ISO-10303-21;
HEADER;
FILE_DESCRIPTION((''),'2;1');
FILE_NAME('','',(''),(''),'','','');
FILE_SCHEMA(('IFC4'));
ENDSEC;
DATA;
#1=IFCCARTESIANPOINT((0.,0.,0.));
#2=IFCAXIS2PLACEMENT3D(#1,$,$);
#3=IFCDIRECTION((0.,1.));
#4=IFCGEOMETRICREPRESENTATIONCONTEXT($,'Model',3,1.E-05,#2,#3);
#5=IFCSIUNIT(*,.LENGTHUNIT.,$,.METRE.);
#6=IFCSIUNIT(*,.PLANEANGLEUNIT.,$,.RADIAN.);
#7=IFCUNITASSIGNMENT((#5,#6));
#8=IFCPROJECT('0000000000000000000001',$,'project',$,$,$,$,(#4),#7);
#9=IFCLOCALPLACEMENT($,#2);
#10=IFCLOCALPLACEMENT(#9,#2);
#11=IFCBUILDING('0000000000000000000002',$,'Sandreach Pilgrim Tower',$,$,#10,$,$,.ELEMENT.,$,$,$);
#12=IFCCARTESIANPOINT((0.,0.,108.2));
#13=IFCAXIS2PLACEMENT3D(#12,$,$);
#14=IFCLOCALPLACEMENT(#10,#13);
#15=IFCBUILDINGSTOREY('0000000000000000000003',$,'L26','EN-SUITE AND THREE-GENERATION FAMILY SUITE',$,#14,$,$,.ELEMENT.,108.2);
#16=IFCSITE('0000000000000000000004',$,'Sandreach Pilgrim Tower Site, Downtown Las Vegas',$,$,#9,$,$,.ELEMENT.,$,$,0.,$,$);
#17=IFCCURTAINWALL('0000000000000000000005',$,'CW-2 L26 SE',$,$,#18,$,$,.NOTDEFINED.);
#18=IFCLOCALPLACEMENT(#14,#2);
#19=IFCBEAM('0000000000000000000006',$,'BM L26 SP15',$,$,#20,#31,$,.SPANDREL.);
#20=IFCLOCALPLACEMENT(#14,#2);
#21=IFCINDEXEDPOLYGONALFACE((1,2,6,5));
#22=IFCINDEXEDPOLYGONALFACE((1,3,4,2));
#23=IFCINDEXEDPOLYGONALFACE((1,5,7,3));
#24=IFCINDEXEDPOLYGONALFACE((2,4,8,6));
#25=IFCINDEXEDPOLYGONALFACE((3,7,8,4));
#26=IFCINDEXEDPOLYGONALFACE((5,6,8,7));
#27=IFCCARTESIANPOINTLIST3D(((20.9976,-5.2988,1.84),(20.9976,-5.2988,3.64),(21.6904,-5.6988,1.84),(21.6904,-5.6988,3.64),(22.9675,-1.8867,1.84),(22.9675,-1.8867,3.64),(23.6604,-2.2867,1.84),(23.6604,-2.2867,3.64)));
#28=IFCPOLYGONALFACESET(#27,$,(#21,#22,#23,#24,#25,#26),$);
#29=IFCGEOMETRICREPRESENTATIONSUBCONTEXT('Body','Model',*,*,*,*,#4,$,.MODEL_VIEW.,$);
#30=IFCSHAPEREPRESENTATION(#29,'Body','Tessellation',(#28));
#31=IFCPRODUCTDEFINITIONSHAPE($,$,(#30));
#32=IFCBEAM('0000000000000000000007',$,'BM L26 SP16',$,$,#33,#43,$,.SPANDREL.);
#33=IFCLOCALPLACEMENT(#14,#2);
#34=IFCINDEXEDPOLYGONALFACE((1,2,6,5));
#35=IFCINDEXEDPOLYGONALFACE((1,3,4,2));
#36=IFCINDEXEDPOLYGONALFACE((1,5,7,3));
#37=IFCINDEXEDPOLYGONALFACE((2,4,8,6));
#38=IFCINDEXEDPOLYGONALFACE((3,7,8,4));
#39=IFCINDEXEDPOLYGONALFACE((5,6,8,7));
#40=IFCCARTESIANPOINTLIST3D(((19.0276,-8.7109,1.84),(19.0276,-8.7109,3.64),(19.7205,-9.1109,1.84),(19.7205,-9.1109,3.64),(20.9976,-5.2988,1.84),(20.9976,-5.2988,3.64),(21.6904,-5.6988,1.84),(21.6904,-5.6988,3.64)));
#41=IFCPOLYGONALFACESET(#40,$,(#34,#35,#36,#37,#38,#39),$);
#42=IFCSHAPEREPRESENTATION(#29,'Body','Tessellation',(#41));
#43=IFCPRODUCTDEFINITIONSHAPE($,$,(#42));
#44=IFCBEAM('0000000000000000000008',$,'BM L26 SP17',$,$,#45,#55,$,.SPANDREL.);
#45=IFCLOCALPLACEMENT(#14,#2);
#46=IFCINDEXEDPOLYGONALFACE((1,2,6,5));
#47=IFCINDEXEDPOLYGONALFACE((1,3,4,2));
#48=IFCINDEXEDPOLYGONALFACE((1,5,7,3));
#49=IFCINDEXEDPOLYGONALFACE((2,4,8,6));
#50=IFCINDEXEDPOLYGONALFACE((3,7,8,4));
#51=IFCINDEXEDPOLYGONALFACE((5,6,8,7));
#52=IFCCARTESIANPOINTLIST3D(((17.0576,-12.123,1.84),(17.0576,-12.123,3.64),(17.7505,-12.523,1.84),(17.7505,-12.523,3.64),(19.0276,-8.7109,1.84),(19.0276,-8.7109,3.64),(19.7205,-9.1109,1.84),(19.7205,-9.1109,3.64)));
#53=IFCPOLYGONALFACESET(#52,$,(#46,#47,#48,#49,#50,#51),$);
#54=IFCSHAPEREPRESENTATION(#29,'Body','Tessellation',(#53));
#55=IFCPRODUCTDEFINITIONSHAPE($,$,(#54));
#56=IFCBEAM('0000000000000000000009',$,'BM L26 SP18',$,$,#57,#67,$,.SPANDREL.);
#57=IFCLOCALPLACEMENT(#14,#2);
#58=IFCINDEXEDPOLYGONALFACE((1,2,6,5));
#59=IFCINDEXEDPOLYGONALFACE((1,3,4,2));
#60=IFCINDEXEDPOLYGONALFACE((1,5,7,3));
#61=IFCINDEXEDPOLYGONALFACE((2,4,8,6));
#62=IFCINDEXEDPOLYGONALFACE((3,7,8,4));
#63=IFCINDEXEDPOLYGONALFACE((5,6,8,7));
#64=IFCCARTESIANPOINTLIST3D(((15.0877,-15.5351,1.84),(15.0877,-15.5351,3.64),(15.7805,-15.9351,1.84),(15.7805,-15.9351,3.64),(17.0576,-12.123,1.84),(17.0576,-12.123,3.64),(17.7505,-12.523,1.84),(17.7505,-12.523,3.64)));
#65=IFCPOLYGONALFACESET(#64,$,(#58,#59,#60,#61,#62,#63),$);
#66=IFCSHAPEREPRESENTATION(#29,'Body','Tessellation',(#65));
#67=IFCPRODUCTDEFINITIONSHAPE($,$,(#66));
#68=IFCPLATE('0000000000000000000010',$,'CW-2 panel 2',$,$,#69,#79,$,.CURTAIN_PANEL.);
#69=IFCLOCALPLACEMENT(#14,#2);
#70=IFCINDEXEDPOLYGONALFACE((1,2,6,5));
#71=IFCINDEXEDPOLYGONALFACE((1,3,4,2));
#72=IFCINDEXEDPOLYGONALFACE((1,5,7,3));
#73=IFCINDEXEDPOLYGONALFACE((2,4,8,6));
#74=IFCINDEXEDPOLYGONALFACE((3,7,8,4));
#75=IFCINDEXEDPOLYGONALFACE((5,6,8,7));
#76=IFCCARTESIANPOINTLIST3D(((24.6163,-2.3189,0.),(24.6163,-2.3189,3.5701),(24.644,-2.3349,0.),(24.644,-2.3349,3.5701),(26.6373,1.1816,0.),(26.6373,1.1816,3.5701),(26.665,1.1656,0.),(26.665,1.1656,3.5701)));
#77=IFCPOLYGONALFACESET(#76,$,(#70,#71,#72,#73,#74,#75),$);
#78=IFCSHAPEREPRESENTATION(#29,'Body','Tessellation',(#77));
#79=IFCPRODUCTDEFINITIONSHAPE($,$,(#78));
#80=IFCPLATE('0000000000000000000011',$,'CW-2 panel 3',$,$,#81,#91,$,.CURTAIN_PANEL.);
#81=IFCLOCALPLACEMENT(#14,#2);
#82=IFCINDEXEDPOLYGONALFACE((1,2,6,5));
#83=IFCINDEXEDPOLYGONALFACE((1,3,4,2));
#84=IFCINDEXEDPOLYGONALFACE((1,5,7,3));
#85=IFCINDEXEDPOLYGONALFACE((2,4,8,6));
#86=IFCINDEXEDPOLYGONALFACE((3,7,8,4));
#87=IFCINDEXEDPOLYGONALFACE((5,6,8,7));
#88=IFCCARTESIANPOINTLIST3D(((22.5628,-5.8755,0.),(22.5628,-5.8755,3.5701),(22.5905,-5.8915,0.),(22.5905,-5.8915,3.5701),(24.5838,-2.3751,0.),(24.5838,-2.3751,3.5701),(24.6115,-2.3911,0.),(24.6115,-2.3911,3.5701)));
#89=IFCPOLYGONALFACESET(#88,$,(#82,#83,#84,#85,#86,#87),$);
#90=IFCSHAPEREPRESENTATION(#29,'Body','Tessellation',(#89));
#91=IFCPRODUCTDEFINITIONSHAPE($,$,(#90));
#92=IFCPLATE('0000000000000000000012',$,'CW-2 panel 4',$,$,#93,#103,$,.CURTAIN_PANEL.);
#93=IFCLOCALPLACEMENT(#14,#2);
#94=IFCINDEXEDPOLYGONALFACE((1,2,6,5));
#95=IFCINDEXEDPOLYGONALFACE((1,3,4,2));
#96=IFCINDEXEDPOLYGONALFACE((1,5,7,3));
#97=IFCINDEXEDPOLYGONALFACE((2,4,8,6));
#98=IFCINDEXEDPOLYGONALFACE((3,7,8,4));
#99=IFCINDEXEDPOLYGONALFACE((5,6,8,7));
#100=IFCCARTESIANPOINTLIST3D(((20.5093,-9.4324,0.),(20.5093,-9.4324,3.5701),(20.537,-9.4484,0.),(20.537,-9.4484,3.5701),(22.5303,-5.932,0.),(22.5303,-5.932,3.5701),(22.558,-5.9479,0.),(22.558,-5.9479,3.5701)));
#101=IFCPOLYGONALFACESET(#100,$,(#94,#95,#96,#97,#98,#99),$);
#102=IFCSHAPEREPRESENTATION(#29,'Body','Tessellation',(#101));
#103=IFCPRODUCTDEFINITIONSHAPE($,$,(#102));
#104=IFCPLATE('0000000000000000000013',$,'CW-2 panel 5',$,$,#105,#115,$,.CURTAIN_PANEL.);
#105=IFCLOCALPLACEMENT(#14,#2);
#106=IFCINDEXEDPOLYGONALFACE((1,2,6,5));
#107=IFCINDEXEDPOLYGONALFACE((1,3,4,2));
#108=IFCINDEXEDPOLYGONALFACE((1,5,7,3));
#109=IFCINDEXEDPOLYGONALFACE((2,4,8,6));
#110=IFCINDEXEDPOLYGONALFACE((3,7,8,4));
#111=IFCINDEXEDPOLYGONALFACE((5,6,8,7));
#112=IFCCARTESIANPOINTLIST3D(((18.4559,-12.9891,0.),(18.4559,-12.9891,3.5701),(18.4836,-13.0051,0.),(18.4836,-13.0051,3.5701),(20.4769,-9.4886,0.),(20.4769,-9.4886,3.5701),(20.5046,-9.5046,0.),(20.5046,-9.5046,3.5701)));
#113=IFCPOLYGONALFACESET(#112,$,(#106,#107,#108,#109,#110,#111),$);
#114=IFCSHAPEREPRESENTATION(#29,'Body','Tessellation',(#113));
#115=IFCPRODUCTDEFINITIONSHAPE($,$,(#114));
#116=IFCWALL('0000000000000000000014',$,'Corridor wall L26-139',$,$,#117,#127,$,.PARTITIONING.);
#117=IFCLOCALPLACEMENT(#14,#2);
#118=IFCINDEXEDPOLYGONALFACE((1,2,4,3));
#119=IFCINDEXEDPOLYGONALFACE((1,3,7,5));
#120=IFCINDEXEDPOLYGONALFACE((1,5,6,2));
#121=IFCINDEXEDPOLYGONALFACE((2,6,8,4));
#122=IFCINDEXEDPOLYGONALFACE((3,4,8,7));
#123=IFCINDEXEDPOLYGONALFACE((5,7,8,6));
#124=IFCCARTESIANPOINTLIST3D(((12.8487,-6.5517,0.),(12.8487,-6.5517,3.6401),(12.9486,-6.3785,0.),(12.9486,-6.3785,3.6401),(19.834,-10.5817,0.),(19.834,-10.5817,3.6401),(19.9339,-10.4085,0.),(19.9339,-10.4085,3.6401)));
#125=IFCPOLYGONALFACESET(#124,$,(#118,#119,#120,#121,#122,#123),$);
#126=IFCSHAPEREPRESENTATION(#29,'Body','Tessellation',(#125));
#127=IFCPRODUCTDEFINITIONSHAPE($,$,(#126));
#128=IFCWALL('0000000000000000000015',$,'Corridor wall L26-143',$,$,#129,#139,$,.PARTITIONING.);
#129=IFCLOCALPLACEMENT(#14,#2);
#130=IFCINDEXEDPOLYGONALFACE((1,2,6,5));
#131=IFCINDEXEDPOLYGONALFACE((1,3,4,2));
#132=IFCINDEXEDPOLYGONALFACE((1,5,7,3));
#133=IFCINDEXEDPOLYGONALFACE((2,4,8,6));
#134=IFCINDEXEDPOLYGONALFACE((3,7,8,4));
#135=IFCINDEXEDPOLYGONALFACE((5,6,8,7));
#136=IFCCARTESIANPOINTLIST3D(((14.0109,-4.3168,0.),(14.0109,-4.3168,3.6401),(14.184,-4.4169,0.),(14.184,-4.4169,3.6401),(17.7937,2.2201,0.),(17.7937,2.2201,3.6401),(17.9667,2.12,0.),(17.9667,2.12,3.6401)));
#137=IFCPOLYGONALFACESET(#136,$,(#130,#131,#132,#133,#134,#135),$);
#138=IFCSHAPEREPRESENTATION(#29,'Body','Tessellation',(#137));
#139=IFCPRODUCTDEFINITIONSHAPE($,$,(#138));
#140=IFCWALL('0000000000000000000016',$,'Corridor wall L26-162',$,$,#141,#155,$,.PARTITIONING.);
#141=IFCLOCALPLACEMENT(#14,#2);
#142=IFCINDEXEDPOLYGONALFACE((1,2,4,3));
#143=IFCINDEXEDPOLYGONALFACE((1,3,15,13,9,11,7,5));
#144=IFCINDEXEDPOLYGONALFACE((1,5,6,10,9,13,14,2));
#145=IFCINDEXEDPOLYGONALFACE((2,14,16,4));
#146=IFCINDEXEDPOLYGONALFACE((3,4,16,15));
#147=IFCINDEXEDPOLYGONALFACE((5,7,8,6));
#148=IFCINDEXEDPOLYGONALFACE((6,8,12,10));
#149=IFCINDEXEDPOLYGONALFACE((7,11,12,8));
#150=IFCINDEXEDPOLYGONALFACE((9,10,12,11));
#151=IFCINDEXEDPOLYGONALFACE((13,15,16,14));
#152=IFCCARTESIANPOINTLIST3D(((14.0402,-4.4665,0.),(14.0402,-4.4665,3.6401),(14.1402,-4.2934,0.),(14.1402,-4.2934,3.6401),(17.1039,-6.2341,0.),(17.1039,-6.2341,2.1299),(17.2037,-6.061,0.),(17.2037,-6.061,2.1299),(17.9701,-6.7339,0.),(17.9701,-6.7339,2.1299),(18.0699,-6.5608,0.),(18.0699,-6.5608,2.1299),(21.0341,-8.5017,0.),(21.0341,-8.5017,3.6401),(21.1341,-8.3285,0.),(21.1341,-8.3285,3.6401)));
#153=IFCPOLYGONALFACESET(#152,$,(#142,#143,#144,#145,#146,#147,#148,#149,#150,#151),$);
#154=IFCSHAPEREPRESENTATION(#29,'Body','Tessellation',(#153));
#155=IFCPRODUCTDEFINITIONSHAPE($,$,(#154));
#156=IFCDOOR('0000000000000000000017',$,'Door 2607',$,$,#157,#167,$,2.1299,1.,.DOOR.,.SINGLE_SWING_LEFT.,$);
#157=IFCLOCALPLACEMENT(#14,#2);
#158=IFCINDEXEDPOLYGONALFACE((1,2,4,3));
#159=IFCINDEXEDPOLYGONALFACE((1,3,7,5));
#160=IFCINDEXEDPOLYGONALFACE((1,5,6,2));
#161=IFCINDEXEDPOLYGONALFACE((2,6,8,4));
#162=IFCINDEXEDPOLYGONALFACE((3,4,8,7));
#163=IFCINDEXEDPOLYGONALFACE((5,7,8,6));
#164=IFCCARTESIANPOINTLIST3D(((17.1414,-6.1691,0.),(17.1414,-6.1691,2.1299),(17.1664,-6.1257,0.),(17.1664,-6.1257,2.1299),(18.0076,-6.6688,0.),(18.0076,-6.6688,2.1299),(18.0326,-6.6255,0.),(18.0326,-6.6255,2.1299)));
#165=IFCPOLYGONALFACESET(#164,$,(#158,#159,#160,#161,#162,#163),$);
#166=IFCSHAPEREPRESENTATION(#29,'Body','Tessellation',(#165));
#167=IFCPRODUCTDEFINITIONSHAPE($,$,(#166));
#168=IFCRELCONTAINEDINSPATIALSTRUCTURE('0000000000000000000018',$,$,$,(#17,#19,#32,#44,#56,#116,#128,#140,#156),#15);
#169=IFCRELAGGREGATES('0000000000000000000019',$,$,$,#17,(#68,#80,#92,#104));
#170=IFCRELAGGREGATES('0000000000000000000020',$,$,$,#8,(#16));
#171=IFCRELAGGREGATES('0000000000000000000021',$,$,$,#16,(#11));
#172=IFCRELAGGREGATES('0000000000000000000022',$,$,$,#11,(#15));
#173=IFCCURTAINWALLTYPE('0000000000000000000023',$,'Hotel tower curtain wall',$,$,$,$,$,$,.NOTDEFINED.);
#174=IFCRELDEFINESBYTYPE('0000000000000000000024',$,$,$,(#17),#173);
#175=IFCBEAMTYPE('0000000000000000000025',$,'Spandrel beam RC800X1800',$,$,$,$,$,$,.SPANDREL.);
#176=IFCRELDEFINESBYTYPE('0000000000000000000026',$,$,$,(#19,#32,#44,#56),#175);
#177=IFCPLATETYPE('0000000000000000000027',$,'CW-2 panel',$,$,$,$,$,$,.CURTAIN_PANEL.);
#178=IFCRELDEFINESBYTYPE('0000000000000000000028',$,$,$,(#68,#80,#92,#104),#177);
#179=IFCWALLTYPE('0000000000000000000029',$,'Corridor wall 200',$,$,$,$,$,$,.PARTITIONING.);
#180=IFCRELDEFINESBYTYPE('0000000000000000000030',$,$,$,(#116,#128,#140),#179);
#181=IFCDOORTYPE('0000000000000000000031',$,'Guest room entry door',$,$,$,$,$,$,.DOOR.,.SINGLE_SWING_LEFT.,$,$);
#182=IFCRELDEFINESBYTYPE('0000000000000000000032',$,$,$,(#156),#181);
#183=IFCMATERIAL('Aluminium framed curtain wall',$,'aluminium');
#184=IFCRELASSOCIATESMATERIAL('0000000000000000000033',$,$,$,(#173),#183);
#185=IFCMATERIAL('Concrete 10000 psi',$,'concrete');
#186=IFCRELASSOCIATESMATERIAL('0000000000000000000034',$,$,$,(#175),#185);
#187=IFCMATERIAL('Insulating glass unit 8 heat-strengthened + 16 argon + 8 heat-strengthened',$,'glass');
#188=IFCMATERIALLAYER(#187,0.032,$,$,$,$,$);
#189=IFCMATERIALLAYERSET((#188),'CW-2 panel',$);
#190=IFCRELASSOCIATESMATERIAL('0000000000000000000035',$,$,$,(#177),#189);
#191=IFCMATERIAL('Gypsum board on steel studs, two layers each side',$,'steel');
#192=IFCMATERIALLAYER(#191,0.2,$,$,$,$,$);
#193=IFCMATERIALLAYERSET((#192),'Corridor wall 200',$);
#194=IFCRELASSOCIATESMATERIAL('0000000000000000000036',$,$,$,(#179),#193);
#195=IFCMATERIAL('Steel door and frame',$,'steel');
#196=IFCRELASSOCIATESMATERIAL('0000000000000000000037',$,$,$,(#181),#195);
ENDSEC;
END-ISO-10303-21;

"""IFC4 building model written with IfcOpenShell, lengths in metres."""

from ifc_helpers import new_model, si_unit, direction, frame, frame_2d, origin, origin_2d, place, context, subcontext, project, spatial, rectangle, extrude, material, layer, layer_set, material_profile, profile_set, type_object, element, fill, aggregate, save


model = new_model("IFC4")

# Units and contexts
model_context = context("Model", 3, precision=1e-05, world=origin(), true_north=direction((0.0, 1.0)))
body_context = subcontext(model_context, "Body", "Model", "MODEL_VIEW")
ifc_project = project(units=[si_unit("LENGTHUNIT", "METRE"), si_unit("PLANEANGLEUNIT", "RADIAN")], contexts=[model_context])

# Site, building, storey
site_placement = place(None, origin())
site = spatial("IfcSite", under=ifc_project, at=site_placement, Name="Sandreach Pilgrim Tower Site, Downtown Las Vegas", CompositionType="ELEMENT", RefElevation=0.0)
building_placement = place(site_placement, origin())
building = spatial("IfcBuilding", under=site, at=building_placement, Name="Sandreach Pilgrim Tower", CompositionType="ELEMENT")
storey_placement = place(building_placement, frame((0.0, 0.0, 108.2)))
storey = spatial("IfcBuildingStorey", under=building, at=storey_placement, Name="L26", Description="EN-SUITE AND THREE-GENERATION FAMILY SUITE", CompositionType="ELEMENT", Elevation=108.2)

# Curtain wall
ifc_material_1 = material(Name="Aluminium framed curtain wall", Category="aluminium")
curtain_wall_type = type_object("IfcCurtainWallType", Name="Hotel tower curtain wall", PredefinedType="NOTDEFINED", material=ifc_material_1)
curtain_wall_placement = place(storey_placement, origin())
curtain_wall = element("IfcCurtainWall", 1, at=curtain_wall_placement, inside=storey, type_object=curtain_wall_type, Name="CW-2 L26 SE", PredefinedType="NOTDEFINED")

# Beams
ifc_material_2 = material(Name="Concrete 10000 psi", Category="concrete")
ifc_material_profile_1 = material_profile(ifc_material_2, rectangle(XDim=0.8, YDim=1.8, at=origin_2d()), Name="RC800X1800")
ifc_profile_set_1 = profile_set([ifc_material_profile_1], Name="Concrete 10000 psi")
beam_type_1 = type_object("IfcBeamType", Name="Spandrel beam RC800X1800", PredefinedType="SPANDREL", material=ifc_profile_set_1)
for number, where, z_axis, x_axis, name in (
    (2, (23.314, -2.0867, 2.74), (-0.499998, -0.866027, 0.0), (0.866027, -0.499998, 0.0), "BM L26 SP15"),
    (3, (21.344, -5.4988, 2.74), (-0.499998, -0.866027, 0.0), (0.866027, -0.499998, 0.0), "BM L26 SP16"),
    (4, (19.374, -8.9109, 2.74), (-0.499998, -0.866027, 0.0), (0.866027, -0.499998, 0.0), "BM L26 SP17"),
    (5, (17.4041, -12.323, 2.74), (-0.499998, -0.866027, 0.0), (0.866027, -0.499998, 0.0), "BM L26 SP18"),
):
    element("IfcBeam", number, at=place(storey_placement, frame(where, z_axis=z_axis, x_axis=x_axis)), inside=storey, type_object=beam_type_1, Name=name, PredefinedType="SPANDREL", context=body_context, shape_type="SweptSolid", body=[
        extrude(rectangle(XDim=0.8, YDim=1.8, at=origin_2d()), origin(), (0.0, 0.0, 1.0), 3.9399),
    ])

# Plates
ifc_material_3 = material(Name="Insulating glass unit 8 heat-strengthened + 16 argon + 8 heat-strengthened", Category="glass")
ifc_layer_1 = layer(ifc_material_3, 0.032)
ifc_layer_set_1 = layer_set([ifc_layer_1], Name="CW-2 panel")
plate_type = type_object("IfcPlateType", Name="CW-2 panel", PredefinedType="CURTAIN_PANEL", material=ifc_layer_set_1)
plate_1_placement = place(storey_placement, frame((25.6406, -0.5767, 0.0), z_axis=(0.0, 0.0, 1.0), x_axis=(-0.5, -0.866025, 0.0)))
plate_1 = element("IfcPlate", 6, at=plate_1_placement, type_object=plate_type, Name="CW-2 panel 2", PredefinedType="CURTAIN_PANEL", context=body_context, shape_type="SweptSolid", body=[
    extrude(rectangle(XDim=4.042, YDim=0.032, at=origin_2d()), origin(), (0.0, 0.0, 1.0), 3.5701),
])
plate_2_placement = place(storey_placement, frame((23.5872, -4.1333, 0.0), z_axis=(0.0, 0.0, 1.0), x_axis=(-0.5, -0.866025, 0.0)))
plate_2 = element("IfcPlate", 7, at=plate_2_placement, type_object=plate_type, Name="CW-2 panel 3", PredefinedType="CURTAIN_PANEL", context=body_context, shape_type="SweptSolid", body=[
    extrude(rectangle(XDim=4.042, YDim=0.032, at=origin_2d()), origin(), (0.0, 0.0, 1.0), 3.5701),
])
plate_3_placement = place(storey_placement, frame((21.5337, -7.6902, 0.0), z_axis=(0.0, 0.0, 1.0), x_axis=(-0.5, -0.866025, 0.0)))
plate_3 = element("IfcPlate", 8, at=plate_3_placement, type_object=plate_type, Name="CW-2 panel 4", PredefinedType="CURTAIN_PANEL", context=body_context, shape_type="SweptSolid", body=[
    extrude(rectangle(XDim=4.042, YDim=0.032, at=origin_2d()), origin(), (0.0, 0.0, 1.0), 3.5701),
])
plate_4_placement = place(storey_placement, frame((19.4802, -11.2468, 0.0), z_axis=(0.0, 0.0, 1.0), x_axis=(-0.5, -0.866025, 0.0)))
plate_4 = element("IfcPlate", 9, at=plate_4_placement, type_object=plate_type, Name="CW-2 panel 5", PredefinedType="CURTAIN_PANEL", context=body_context, shape_type="SweptSolid", body=[
    extrude(rectangle(XDim=4.042, YDim=0.032, at=origin_2d()), origin(), (0.0, 0.0, 1.0), 3.5701),
])
aggregate(curtain_wall, [plate_1, plate_2, plate_3, plate_4])

# Walls
ifc_material_4 = material(Name="Gypsum board on steel studs, two layers each side", Category="steel")
ifc_layer_2 = layer(ifc_material_4, 0.2)
ifc_layer_set_2 = layer_set([ifc_layer_2], Name="Corridor wall 200")
wall_type = type_object("IfcWallType", Name="Corridor wall 200", PredefinedType="PARTITIONING", material=ifc_layer_set_2)
wall_1_placement = place(storey_placement, frame((12.8987, -6.4651, 0.0), z_axis=(0.0, 0.0, 1.0), x_axis=(0.866185, -0.499724, 0.0)))
element("IfcWall", 10, at=wall_1_placement, inside=storey, type_object=wall_type, Name="Corridor wall L26-139", PredefinedType="PARTITIONING", context=body_context, shape_type="SweptSolid", body=[
    extrude(rectangle(XDim=8.0645, YDim=0.2, at=frame_2d((4.0322, 0.0))), origin(), (0.0, 0.0, 1.0), 3.6401),
])
wall_2_placement = place(storey_placement, frame((14.0974, -4.3669, 0.0), z_axis=(0.0, 0.0, 1.0), x_axis=(0.500859, 0.865529, 0.0)))
element("IfcWall", 11, at=wall_2_placement, inside=storey, type_object=wall_type, Name="Corridor wall L26-143", PredefinedType="PARTITIONING", context=body_context, shape_type="SweptSolid", body=[
    extrude(rectangle(XDim=7.5525, YDim=0.2, at=frame_2d((3.7764, 0.0))), origin(), (0.0, 0.0, 1.0), 3.6401),
])

# Wall, opening, door
wall_3_placement = place(storey_placement, frame((21.084, -8.415, 0.0), z_axis=(0.0, 0.0, 1.0), x_axis=(-0.866174, 0.499743, 0.0)))
wall_3 = element("IfcWall", 12, at=wall_3_placement, inside=storey, type_object=wall_type, Name="Corridor wall L26-162", PredefinedType="PARTITIONING", context=body_context, shape_type="SweptSolid", body=[
    extrude(rectangle(XDim=8.0745, YDim=0.2, at=frame_2d((4.0371, 0.0))), origin(), (0.0, 0.0, 1.0), 3.6401),
])
opening_placement = place(wall_3_placement, frame((3.5374, 0.0, 0.0)))
opening = element("IfcOpeningElement", 13, at=opening_placement, cuts=wall_3, PredefinedType="OPENING", context=body_context, shape_type="SweptSolid", body=[
    extrude(rectangle(XDim=1.0, YDim=2.1299, at=frame_2d((0.5, 1.0649))), frame((0.0, 0.1001, 0.0), z_axis=(0.0, -1.0, 0.0), x_axis=(1.0, 0.0, 0.0)), (0.0, 0.0, 1.0), 0.2),
])
ifc_material_5 = material(Name="Steel door and frame", Category="steel")
door_type = type_object("IfcDoorType", Name="Guest room entry door", OperationType="SINGLE_SWING_LEFT", PredefinedType="DOOR", material=ifc_material_5)
door_placement = place(opening_placement, origin())
door = element("IfcDoor", 14, at=door_placement, inside=storey, type_object=door_type, Name="Door 2607", OperationType="SINGLE_SWING_LEFT", OverallHeight=2.1299, OverallWidth=1.0, PredefinedType="DOOR", context=body_context, shape_type="SweptSolid", body=[
    extrude(rectangle(XDim=1.0, YDim=2.1299, at=frame_2d((0.5, 1.0649))), frame((0.0, 0.0249, 0.0), z_axis=(0.0, -1.0, 0.0), x_axis=(1.0, 0.0, 0.0)), (0.0, 0.0, 1.0), 0.05),
])
fill(opening, door)

save(model, "model.ifc")
